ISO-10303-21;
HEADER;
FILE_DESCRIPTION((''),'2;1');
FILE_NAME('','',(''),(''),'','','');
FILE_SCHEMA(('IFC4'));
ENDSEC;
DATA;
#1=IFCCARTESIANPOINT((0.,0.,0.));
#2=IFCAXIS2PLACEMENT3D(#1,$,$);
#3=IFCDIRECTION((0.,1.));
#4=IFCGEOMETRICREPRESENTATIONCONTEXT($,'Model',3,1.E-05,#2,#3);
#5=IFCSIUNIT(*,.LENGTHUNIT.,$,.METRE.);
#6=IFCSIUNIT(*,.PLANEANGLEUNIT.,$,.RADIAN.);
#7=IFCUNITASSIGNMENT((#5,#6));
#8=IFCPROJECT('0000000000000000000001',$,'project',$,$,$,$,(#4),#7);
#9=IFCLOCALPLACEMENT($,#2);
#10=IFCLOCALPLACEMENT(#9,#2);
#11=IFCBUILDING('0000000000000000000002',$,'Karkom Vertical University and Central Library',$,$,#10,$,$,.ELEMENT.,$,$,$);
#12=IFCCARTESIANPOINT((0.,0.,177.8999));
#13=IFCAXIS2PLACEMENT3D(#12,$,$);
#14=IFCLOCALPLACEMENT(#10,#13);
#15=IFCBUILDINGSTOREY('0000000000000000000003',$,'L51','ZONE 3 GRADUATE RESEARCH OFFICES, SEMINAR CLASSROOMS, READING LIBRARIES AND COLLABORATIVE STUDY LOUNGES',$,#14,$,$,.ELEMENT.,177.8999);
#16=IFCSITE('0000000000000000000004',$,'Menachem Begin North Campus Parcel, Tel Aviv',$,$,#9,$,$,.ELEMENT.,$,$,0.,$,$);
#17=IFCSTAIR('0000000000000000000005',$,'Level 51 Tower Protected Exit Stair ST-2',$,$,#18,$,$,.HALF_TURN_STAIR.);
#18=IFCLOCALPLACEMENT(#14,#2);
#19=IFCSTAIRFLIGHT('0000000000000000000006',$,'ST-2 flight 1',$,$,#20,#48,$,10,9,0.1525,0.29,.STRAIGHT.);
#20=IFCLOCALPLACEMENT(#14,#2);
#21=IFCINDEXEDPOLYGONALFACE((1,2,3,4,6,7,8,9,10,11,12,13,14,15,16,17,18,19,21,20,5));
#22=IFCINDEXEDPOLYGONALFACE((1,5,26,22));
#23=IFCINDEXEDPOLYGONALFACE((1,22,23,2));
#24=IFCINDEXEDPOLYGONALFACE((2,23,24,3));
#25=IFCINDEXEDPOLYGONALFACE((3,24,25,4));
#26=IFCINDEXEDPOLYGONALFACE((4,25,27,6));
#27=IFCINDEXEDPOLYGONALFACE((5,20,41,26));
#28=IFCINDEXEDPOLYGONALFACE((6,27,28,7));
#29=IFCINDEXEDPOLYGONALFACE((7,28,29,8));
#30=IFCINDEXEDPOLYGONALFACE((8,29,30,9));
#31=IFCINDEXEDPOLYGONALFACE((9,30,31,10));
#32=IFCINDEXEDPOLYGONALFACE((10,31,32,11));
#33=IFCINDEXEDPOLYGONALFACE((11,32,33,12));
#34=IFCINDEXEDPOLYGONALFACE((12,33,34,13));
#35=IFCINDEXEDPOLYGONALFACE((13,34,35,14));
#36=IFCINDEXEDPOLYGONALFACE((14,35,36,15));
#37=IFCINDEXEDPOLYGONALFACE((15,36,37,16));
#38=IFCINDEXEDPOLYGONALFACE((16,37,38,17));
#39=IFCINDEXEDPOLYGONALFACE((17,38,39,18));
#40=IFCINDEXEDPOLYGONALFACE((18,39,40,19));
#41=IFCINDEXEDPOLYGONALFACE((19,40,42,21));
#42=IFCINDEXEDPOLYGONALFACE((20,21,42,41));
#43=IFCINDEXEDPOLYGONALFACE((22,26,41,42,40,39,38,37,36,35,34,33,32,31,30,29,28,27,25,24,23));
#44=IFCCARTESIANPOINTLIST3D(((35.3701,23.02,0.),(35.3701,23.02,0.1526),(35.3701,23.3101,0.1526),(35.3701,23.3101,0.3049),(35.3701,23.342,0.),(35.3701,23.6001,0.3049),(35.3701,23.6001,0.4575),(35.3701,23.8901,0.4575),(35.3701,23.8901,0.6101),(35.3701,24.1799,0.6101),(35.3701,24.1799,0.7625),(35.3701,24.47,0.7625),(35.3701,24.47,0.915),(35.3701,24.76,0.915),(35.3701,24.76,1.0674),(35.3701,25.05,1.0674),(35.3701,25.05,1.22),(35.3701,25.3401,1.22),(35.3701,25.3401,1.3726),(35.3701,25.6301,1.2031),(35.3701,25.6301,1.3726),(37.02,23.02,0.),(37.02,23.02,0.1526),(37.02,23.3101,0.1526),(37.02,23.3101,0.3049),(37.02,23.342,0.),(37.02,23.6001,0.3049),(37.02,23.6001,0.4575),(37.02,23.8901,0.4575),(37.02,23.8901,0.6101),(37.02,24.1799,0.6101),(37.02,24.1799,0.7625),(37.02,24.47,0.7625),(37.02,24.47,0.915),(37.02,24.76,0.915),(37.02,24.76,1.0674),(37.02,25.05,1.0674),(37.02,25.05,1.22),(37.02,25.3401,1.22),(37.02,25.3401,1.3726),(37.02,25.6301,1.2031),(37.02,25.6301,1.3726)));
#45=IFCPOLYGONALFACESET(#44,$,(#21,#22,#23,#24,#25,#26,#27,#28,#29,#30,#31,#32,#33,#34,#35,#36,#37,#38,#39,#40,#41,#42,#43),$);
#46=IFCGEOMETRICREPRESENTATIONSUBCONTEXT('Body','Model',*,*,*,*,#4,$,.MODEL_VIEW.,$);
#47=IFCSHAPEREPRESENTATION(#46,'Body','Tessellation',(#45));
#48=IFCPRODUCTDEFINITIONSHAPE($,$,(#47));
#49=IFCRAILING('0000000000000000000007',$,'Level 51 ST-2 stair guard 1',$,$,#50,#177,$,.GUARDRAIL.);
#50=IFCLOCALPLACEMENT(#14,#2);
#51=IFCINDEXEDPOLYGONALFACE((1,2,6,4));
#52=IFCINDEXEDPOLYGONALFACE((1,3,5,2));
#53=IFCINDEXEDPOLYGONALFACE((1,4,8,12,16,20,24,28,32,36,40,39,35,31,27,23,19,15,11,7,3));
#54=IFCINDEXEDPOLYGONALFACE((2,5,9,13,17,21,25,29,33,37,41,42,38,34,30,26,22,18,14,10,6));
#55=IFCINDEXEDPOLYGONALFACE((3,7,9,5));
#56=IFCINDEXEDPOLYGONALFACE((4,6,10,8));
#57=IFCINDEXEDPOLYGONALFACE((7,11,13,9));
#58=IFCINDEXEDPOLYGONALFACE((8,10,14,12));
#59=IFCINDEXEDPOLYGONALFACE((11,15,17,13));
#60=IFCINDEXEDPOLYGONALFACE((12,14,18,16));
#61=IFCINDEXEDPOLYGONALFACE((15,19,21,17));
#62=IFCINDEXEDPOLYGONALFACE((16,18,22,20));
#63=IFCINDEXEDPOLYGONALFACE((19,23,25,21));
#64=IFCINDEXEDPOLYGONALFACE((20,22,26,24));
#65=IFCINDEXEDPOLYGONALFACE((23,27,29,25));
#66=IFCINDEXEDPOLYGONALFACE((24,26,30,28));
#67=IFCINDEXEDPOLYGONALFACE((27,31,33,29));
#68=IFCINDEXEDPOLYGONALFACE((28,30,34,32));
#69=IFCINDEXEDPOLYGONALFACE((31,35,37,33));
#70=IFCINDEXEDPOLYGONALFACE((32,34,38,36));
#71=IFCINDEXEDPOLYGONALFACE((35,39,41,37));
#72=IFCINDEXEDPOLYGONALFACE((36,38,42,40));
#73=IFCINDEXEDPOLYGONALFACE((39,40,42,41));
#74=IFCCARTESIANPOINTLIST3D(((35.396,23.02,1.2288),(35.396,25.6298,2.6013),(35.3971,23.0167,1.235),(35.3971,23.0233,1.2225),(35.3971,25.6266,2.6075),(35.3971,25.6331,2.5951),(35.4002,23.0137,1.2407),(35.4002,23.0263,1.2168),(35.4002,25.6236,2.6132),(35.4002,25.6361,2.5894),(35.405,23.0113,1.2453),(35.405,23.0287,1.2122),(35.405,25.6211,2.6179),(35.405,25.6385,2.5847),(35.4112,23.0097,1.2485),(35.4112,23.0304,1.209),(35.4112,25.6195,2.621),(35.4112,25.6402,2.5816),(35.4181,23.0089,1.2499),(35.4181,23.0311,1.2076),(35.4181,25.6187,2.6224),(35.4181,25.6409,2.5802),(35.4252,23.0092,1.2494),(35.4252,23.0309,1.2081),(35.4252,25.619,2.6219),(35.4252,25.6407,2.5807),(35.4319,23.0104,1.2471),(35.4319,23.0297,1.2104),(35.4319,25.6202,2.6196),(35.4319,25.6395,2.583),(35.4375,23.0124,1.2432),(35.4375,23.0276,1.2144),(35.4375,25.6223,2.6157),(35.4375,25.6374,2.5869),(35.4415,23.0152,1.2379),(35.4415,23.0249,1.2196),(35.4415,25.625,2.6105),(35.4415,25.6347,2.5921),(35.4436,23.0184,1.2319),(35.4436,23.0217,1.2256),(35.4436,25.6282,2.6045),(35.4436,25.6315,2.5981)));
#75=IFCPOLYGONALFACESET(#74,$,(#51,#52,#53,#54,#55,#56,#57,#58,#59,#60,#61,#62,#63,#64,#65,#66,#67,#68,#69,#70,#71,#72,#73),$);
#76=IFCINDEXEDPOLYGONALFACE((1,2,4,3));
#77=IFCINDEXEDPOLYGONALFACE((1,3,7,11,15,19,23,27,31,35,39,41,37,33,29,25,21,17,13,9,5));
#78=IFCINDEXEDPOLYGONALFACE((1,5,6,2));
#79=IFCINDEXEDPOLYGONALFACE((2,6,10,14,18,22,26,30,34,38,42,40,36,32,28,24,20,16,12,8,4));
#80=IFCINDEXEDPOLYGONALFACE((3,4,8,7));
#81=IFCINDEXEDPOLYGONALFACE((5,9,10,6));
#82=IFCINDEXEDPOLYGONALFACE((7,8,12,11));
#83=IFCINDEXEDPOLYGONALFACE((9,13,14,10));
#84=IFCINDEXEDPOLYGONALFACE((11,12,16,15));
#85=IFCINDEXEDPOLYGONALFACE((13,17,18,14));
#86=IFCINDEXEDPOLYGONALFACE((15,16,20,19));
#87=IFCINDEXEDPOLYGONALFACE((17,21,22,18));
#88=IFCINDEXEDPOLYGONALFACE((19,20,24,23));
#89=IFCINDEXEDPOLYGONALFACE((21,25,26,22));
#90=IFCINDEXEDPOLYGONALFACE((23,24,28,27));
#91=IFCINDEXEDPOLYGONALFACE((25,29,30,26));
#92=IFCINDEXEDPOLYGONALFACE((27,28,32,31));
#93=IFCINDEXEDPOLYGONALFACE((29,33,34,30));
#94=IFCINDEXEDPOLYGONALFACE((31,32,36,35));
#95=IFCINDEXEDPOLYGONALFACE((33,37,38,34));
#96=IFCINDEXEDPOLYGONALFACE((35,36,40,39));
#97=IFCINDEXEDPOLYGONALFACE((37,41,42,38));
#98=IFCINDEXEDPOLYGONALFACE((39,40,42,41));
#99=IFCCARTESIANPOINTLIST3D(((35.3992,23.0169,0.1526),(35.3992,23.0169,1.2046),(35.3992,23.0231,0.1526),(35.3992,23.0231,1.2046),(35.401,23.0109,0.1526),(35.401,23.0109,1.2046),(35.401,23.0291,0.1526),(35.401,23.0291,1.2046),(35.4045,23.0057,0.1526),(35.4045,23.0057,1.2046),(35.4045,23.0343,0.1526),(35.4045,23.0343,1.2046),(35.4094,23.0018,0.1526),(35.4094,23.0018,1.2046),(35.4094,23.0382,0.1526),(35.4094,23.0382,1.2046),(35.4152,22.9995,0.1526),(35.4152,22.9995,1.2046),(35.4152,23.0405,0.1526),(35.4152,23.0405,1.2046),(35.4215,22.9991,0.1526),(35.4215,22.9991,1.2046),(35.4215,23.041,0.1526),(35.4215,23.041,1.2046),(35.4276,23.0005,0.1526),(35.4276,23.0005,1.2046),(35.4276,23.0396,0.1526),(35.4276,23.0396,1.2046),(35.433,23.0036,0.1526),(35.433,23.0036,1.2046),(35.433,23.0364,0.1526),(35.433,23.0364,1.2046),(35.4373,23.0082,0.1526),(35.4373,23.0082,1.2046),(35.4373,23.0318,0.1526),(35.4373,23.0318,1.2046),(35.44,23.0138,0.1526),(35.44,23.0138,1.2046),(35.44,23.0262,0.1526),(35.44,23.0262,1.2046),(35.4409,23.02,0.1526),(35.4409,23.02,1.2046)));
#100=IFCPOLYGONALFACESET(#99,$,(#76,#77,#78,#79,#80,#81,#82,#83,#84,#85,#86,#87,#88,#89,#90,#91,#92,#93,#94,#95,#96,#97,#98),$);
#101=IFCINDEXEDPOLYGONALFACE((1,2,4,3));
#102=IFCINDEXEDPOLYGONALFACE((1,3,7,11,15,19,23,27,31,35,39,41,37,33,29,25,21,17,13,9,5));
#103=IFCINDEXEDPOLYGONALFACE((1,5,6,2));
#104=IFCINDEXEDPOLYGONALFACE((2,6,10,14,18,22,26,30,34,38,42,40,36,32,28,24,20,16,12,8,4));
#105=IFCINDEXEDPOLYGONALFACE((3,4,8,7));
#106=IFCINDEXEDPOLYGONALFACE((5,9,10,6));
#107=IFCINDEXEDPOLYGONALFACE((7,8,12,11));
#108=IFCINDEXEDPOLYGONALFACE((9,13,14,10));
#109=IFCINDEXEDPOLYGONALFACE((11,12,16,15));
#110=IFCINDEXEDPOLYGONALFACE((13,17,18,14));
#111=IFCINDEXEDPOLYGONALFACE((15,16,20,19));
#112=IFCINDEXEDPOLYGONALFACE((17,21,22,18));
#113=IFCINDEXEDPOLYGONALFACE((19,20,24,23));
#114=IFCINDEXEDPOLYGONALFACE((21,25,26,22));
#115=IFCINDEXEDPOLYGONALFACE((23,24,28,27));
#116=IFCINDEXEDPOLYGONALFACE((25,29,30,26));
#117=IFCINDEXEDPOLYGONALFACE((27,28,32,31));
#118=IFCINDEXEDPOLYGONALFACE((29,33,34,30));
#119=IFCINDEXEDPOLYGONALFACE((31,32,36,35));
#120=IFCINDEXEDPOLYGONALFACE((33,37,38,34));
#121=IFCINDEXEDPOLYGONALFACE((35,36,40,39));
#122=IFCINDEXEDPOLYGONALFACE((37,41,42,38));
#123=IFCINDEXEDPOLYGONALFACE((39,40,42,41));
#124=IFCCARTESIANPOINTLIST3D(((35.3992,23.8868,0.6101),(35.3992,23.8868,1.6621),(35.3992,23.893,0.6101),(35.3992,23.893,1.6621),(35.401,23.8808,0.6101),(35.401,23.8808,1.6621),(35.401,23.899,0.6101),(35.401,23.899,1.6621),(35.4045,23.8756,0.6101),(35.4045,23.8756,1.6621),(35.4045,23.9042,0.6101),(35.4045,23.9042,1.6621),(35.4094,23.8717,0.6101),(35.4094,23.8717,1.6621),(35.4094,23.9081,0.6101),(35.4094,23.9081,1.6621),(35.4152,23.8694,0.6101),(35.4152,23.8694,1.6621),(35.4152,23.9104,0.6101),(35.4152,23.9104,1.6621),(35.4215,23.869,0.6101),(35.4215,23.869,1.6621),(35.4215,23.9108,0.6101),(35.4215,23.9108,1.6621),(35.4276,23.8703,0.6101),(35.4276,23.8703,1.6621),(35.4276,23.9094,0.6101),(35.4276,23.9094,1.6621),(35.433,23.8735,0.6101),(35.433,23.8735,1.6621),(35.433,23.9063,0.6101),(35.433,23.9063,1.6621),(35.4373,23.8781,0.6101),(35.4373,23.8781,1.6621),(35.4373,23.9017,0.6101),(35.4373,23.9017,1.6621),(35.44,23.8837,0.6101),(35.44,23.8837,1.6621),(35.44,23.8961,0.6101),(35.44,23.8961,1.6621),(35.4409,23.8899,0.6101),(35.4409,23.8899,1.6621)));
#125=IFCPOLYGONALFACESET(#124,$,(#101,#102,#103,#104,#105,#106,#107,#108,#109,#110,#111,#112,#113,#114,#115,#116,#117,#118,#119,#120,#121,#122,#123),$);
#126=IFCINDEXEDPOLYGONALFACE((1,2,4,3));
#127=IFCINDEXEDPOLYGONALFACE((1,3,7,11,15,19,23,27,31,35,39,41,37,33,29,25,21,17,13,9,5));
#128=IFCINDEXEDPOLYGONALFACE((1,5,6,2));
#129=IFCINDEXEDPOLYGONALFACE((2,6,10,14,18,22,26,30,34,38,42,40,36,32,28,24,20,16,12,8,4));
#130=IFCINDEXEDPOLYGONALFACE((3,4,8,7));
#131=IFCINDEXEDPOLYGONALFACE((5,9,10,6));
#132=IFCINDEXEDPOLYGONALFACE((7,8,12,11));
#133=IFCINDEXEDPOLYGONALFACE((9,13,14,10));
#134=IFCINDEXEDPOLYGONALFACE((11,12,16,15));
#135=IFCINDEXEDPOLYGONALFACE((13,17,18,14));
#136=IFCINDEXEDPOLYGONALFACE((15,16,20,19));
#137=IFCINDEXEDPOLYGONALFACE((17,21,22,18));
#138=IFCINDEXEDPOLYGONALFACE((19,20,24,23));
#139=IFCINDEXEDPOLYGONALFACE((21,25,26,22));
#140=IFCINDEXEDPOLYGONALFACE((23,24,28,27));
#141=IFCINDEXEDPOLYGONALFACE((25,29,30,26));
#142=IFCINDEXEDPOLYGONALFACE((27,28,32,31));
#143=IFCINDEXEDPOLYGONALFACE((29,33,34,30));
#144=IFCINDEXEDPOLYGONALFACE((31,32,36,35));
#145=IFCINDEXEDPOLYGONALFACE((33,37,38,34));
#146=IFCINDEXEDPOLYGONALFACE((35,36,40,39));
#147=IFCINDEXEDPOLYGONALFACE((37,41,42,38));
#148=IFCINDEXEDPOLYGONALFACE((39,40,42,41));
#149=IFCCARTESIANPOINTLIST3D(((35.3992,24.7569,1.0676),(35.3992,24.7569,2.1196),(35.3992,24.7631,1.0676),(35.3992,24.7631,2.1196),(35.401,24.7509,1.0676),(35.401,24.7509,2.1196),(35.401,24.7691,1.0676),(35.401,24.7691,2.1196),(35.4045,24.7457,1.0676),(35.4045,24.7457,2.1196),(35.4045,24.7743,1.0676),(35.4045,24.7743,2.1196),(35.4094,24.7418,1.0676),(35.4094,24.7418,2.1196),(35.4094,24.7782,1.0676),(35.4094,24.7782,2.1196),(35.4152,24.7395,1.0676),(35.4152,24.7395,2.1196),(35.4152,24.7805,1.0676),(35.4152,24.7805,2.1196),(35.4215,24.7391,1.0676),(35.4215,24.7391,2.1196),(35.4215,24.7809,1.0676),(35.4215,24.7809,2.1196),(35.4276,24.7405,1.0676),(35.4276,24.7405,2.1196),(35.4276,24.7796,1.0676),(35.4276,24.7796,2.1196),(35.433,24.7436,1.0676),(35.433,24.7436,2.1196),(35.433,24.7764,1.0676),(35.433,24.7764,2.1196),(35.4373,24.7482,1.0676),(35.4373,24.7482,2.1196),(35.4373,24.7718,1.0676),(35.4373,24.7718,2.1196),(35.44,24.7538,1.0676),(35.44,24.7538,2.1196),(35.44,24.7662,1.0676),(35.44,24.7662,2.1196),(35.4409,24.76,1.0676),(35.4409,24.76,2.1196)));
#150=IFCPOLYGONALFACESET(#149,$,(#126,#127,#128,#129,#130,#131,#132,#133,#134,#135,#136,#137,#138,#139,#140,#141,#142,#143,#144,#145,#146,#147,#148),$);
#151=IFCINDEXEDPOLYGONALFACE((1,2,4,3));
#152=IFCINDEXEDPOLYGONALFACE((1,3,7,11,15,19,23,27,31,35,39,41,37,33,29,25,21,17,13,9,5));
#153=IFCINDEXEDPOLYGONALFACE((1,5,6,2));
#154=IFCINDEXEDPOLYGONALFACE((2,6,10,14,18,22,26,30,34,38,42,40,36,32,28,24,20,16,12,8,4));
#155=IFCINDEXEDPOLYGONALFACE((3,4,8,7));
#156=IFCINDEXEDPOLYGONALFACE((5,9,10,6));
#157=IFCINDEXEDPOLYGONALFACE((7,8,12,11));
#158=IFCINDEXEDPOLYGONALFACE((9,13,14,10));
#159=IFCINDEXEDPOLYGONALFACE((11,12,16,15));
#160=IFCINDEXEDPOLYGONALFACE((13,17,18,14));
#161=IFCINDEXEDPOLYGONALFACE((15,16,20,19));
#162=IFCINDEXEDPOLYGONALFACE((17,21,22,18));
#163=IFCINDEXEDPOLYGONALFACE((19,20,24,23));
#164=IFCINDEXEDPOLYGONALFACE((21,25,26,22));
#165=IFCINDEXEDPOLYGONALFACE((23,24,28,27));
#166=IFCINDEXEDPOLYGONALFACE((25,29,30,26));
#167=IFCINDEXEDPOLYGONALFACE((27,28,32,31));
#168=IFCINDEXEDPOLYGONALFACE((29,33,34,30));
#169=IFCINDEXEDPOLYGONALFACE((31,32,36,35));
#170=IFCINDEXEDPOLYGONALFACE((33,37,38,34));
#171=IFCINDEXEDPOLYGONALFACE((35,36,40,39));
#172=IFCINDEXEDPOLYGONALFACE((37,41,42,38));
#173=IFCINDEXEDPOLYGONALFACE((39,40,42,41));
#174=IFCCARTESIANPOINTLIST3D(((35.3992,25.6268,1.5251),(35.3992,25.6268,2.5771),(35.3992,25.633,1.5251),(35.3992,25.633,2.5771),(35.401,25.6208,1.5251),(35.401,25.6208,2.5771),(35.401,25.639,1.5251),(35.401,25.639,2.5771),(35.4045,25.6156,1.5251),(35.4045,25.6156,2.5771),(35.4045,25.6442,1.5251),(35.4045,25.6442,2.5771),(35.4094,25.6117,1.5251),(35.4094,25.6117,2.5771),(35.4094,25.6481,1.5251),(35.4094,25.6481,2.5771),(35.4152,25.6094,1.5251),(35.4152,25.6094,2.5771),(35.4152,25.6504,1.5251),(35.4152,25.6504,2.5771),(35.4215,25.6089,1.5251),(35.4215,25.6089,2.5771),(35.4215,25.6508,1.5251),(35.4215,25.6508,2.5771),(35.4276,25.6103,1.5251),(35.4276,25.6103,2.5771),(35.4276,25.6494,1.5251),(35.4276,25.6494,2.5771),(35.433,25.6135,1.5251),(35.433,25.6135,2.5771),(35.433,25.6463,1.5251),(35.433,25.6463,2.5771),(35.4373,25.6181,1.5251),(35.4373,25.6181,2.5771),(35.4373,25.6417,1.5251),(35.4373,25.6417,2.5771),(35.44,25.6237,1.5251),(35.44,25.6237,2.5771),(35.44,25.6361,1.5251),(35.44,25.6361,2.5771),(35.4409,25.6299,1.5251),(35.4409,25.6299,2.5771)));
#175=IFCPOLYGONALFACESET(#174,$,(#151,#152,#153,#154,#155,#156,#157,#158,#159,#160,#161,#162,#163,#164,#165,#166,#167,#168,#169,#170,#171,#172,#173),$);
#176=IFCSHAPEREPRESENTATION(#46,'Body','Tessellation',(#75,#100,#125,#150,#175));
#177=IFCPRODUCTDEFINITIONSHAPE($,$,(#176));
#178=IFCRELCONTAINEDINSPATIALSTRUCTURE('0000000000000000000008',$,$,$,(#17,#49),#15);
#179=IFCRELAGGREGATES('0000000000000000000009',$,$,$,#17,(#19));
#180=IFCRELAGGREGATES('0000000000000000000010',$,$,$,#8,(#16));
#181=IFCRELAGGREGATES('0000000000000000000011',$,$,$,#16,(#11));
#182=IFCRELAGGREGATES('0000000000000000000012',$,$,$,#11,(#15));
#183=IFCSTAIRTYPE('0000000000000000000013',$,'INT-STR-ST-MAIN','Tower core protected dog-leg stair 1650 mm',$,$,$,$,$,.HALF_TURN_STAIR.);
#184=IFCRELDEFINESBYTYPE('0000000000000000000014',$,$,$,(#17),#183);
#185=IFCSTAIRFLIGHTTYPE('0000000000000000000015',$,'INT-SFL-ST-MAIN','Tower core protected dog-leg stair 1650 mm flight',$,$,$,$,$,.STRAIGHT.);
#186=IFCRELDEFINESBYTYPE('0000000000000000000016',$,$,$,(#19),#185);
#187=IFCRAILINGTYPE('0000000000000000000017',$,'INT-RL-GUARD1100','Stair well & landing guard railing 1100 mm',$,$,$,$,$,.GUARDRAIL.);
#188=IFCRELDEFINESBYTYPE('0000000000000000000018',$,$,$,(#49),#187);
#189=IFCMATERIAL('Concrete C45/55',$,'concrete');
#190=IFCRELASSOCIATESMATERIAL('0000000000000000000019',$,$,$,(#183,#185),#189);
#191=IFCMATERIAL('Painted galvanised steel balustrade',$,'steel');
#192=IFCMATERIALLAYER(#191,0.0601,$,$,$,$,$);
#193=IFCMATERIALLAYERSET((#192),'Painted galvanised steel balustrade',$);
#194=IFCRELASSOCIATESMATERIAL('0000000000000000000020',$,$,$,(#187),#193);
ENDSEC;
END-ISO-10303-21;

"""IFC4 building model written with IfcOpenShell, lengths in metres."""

from ifc_helpers import new_model, si_unit, direction, frame, origin, origin_2d, place, context, subcontext, project, spatial, polyline, circle, outline, extrude, material, layer, layer_set, type_object, element, aggregate, save


model = new_model("IFC4")

# Units and contexts
model_context = context("Model", 3, precision=1e-05, world=origin(), true_north=direction((0.0, 1.0)))
body_context = subcontext(model_context, "Body", "Model", "MODEL_VIEW")
ifc_project = project(units=[si_unit("LENGTHUNIT", "METRE"), si_unit("PLANEANGLEUNIT", "RADIAN")], contexts=[model_context])

# Site, building, storey
site_placement = place(None, origin())
site = spatial("IfcSite", under=ifc_project, at=site_placement, Name="Menachem Begin North Campus Parcel, Tel Aviv", CompositionType="ELEMENT", RefElevation=0.0)
building_placement = place(site_placement, origin())
building = spatial("IfcBuilding", under=site, at=building_placement, Name="Karkom Vertical University and Central Library", CompositionType="ELEMENT")
storey_placement = place(building_placement, frame((0.0, 0.0, 177.8999)))
storey = spatial("IfcBuildingStorey", under=building, at=storey_placement, Name="L51", Description="ZONE 3 GRADUATE RESEARCH OFFICES, SEMINAR CLASSROOMS, READING LIBRARIES AND COLLABORATIVE STUDY LOUNGES", CompositionType="ELEMENT", Elevation=177.8999)

# Shared definitions
ifc_material_1 = material(Name="Concrete C45/55", Category="concrete")

# Stair, stair flight
stair_type = type_object("IfcStairType", Name="INT-STR-ST-MAIN", Description="Tower core protected dog-leg stair 1650 mm", PredefinedType="HALF_TURN_STAIR", material=ifc_material_1)
stair_placement = place(storey_placement, origin())
stair = element("IfcStair", 1, at=stair_placement, inside=storey, type_object=stair_type, Name="Level 51 Tower Protected Exit Stair ST-2", PredefinedType="HALF_TURN_STAIR")
stair_flight_type = type_object("IfcStairFlightType", Name="INT-SFL-ST-MAIN", Description="Tower core protected dog-leg stair 1650 mm flight", PredefinedType="STRAIGHT", material=ifc_material_1)
stair_flight_placement = place(storey_placement, frame((36.1951, 23.02, 0.0), z_axis=(0.0, 0.0, 1.0), x_axis=(0.0, 1.0, 0.0)))
stair_flight = element("IfcStairFlight", 2, at=stair_flight_placement, type_object=stair_flight_type, Name="ST-2 flight 1", NumberOfRisers=10, NumberOfTreads=9, PredefinedType="STRAIGHT", RiserHeight=0.1525, TreadLength=0.29, context=body_context, shape_type="SweptSolid", body=[
    extrude(outline(polyline([(0.0, 0.0), (0.0, 0.1526), (0.29, 0.1526), (0.29, 0.3049), (0.5801, 0.3049), (0.5801, 0.4575), (0.8701, 0.4575), (0.8701, 0.6101), (1.1599, 0.6101), (1.1599, 0.7625), (1.45, 0.7625), (1.45, 0.915), (1.74, 0.915), (1.74, 1.0674), (2.03, 1.0674), (2.03, 1.22), (2.3201, 1.22), (2.3201, 1.3726), (2.6101, 1.3726), (2.6101, 1.5249), (2.6101, 1.2031), (0.322, 0.0), (0.0, 0.0)])), frame((0.0, 0.825, 0.0), z_axis=(0.0, -1.0, 0.0), x_axis=(1.0, 0.0, 0.0)), (0.0, 0.0, 1.0), 1.6499),
])
aggregate(stair, [stair_flight])

# Railing
ifc_material_2 = material(Name="Painted galvanised steel balustrade", Category="steel")
ifc_layer_1 = layer(ifc_material_2, 0.0601)
ifc_layer_set_1 = layer_set([ifc_layer_1], Name="Painted galvanised steel balustrade")
railing_type_1 = type_object("IfcRailingType", Name="INT-RL-GUARD1100", Description="Stair well & landing guard railing 1100 mm", PredefinedType="GUARDRAIL", material=ifc_layer_set_1)
railing_1_placement = place(storey_placement, frame((35.4199, 23.02, 0.1526)))
element("IfcRailing", 3, at=railing_1_placement, inside=storey, type_object=railing_type_1, Name="Level 51 ST-2 stair guard 1", PredefinedType="GUARDRAIL", context=body_context, shape_type="SweptSolid", body=[
    extrude(circle(Radius=0.0239, at=origin_2d()), frame((0.0, 0.0, 1.0762), z_axis=(0.0, 0.885065, 0.465467), x_axis=(-1.0, 0.0, 0.0)), (0.0, 0.0, 1.0), 2.9487),
    extrude(circle(Radius=0.021, at=origin_2d()), origin(), (0.0, 0.0, 1.0), 1.052),
    extrude(circle(Radius=0.021, at=origin_2d()), frame((0.0, 0.8699, 0.4575)), (0.0, 0.0, 1.0), 1.052),
    extrude(circle(Radius=0.021, at=origin_2d()), frame((0.0, 1.74, 0.915)), (0.0, 0.0, 1.0), 1.052),
    extrude(circle(Radius=0.021, at=origin_2d()), frame((0.0, 2.6099, 1.3726)), (0.0, 0.0, 1.0), 1.052),
])

save(model, "model.ifc")
